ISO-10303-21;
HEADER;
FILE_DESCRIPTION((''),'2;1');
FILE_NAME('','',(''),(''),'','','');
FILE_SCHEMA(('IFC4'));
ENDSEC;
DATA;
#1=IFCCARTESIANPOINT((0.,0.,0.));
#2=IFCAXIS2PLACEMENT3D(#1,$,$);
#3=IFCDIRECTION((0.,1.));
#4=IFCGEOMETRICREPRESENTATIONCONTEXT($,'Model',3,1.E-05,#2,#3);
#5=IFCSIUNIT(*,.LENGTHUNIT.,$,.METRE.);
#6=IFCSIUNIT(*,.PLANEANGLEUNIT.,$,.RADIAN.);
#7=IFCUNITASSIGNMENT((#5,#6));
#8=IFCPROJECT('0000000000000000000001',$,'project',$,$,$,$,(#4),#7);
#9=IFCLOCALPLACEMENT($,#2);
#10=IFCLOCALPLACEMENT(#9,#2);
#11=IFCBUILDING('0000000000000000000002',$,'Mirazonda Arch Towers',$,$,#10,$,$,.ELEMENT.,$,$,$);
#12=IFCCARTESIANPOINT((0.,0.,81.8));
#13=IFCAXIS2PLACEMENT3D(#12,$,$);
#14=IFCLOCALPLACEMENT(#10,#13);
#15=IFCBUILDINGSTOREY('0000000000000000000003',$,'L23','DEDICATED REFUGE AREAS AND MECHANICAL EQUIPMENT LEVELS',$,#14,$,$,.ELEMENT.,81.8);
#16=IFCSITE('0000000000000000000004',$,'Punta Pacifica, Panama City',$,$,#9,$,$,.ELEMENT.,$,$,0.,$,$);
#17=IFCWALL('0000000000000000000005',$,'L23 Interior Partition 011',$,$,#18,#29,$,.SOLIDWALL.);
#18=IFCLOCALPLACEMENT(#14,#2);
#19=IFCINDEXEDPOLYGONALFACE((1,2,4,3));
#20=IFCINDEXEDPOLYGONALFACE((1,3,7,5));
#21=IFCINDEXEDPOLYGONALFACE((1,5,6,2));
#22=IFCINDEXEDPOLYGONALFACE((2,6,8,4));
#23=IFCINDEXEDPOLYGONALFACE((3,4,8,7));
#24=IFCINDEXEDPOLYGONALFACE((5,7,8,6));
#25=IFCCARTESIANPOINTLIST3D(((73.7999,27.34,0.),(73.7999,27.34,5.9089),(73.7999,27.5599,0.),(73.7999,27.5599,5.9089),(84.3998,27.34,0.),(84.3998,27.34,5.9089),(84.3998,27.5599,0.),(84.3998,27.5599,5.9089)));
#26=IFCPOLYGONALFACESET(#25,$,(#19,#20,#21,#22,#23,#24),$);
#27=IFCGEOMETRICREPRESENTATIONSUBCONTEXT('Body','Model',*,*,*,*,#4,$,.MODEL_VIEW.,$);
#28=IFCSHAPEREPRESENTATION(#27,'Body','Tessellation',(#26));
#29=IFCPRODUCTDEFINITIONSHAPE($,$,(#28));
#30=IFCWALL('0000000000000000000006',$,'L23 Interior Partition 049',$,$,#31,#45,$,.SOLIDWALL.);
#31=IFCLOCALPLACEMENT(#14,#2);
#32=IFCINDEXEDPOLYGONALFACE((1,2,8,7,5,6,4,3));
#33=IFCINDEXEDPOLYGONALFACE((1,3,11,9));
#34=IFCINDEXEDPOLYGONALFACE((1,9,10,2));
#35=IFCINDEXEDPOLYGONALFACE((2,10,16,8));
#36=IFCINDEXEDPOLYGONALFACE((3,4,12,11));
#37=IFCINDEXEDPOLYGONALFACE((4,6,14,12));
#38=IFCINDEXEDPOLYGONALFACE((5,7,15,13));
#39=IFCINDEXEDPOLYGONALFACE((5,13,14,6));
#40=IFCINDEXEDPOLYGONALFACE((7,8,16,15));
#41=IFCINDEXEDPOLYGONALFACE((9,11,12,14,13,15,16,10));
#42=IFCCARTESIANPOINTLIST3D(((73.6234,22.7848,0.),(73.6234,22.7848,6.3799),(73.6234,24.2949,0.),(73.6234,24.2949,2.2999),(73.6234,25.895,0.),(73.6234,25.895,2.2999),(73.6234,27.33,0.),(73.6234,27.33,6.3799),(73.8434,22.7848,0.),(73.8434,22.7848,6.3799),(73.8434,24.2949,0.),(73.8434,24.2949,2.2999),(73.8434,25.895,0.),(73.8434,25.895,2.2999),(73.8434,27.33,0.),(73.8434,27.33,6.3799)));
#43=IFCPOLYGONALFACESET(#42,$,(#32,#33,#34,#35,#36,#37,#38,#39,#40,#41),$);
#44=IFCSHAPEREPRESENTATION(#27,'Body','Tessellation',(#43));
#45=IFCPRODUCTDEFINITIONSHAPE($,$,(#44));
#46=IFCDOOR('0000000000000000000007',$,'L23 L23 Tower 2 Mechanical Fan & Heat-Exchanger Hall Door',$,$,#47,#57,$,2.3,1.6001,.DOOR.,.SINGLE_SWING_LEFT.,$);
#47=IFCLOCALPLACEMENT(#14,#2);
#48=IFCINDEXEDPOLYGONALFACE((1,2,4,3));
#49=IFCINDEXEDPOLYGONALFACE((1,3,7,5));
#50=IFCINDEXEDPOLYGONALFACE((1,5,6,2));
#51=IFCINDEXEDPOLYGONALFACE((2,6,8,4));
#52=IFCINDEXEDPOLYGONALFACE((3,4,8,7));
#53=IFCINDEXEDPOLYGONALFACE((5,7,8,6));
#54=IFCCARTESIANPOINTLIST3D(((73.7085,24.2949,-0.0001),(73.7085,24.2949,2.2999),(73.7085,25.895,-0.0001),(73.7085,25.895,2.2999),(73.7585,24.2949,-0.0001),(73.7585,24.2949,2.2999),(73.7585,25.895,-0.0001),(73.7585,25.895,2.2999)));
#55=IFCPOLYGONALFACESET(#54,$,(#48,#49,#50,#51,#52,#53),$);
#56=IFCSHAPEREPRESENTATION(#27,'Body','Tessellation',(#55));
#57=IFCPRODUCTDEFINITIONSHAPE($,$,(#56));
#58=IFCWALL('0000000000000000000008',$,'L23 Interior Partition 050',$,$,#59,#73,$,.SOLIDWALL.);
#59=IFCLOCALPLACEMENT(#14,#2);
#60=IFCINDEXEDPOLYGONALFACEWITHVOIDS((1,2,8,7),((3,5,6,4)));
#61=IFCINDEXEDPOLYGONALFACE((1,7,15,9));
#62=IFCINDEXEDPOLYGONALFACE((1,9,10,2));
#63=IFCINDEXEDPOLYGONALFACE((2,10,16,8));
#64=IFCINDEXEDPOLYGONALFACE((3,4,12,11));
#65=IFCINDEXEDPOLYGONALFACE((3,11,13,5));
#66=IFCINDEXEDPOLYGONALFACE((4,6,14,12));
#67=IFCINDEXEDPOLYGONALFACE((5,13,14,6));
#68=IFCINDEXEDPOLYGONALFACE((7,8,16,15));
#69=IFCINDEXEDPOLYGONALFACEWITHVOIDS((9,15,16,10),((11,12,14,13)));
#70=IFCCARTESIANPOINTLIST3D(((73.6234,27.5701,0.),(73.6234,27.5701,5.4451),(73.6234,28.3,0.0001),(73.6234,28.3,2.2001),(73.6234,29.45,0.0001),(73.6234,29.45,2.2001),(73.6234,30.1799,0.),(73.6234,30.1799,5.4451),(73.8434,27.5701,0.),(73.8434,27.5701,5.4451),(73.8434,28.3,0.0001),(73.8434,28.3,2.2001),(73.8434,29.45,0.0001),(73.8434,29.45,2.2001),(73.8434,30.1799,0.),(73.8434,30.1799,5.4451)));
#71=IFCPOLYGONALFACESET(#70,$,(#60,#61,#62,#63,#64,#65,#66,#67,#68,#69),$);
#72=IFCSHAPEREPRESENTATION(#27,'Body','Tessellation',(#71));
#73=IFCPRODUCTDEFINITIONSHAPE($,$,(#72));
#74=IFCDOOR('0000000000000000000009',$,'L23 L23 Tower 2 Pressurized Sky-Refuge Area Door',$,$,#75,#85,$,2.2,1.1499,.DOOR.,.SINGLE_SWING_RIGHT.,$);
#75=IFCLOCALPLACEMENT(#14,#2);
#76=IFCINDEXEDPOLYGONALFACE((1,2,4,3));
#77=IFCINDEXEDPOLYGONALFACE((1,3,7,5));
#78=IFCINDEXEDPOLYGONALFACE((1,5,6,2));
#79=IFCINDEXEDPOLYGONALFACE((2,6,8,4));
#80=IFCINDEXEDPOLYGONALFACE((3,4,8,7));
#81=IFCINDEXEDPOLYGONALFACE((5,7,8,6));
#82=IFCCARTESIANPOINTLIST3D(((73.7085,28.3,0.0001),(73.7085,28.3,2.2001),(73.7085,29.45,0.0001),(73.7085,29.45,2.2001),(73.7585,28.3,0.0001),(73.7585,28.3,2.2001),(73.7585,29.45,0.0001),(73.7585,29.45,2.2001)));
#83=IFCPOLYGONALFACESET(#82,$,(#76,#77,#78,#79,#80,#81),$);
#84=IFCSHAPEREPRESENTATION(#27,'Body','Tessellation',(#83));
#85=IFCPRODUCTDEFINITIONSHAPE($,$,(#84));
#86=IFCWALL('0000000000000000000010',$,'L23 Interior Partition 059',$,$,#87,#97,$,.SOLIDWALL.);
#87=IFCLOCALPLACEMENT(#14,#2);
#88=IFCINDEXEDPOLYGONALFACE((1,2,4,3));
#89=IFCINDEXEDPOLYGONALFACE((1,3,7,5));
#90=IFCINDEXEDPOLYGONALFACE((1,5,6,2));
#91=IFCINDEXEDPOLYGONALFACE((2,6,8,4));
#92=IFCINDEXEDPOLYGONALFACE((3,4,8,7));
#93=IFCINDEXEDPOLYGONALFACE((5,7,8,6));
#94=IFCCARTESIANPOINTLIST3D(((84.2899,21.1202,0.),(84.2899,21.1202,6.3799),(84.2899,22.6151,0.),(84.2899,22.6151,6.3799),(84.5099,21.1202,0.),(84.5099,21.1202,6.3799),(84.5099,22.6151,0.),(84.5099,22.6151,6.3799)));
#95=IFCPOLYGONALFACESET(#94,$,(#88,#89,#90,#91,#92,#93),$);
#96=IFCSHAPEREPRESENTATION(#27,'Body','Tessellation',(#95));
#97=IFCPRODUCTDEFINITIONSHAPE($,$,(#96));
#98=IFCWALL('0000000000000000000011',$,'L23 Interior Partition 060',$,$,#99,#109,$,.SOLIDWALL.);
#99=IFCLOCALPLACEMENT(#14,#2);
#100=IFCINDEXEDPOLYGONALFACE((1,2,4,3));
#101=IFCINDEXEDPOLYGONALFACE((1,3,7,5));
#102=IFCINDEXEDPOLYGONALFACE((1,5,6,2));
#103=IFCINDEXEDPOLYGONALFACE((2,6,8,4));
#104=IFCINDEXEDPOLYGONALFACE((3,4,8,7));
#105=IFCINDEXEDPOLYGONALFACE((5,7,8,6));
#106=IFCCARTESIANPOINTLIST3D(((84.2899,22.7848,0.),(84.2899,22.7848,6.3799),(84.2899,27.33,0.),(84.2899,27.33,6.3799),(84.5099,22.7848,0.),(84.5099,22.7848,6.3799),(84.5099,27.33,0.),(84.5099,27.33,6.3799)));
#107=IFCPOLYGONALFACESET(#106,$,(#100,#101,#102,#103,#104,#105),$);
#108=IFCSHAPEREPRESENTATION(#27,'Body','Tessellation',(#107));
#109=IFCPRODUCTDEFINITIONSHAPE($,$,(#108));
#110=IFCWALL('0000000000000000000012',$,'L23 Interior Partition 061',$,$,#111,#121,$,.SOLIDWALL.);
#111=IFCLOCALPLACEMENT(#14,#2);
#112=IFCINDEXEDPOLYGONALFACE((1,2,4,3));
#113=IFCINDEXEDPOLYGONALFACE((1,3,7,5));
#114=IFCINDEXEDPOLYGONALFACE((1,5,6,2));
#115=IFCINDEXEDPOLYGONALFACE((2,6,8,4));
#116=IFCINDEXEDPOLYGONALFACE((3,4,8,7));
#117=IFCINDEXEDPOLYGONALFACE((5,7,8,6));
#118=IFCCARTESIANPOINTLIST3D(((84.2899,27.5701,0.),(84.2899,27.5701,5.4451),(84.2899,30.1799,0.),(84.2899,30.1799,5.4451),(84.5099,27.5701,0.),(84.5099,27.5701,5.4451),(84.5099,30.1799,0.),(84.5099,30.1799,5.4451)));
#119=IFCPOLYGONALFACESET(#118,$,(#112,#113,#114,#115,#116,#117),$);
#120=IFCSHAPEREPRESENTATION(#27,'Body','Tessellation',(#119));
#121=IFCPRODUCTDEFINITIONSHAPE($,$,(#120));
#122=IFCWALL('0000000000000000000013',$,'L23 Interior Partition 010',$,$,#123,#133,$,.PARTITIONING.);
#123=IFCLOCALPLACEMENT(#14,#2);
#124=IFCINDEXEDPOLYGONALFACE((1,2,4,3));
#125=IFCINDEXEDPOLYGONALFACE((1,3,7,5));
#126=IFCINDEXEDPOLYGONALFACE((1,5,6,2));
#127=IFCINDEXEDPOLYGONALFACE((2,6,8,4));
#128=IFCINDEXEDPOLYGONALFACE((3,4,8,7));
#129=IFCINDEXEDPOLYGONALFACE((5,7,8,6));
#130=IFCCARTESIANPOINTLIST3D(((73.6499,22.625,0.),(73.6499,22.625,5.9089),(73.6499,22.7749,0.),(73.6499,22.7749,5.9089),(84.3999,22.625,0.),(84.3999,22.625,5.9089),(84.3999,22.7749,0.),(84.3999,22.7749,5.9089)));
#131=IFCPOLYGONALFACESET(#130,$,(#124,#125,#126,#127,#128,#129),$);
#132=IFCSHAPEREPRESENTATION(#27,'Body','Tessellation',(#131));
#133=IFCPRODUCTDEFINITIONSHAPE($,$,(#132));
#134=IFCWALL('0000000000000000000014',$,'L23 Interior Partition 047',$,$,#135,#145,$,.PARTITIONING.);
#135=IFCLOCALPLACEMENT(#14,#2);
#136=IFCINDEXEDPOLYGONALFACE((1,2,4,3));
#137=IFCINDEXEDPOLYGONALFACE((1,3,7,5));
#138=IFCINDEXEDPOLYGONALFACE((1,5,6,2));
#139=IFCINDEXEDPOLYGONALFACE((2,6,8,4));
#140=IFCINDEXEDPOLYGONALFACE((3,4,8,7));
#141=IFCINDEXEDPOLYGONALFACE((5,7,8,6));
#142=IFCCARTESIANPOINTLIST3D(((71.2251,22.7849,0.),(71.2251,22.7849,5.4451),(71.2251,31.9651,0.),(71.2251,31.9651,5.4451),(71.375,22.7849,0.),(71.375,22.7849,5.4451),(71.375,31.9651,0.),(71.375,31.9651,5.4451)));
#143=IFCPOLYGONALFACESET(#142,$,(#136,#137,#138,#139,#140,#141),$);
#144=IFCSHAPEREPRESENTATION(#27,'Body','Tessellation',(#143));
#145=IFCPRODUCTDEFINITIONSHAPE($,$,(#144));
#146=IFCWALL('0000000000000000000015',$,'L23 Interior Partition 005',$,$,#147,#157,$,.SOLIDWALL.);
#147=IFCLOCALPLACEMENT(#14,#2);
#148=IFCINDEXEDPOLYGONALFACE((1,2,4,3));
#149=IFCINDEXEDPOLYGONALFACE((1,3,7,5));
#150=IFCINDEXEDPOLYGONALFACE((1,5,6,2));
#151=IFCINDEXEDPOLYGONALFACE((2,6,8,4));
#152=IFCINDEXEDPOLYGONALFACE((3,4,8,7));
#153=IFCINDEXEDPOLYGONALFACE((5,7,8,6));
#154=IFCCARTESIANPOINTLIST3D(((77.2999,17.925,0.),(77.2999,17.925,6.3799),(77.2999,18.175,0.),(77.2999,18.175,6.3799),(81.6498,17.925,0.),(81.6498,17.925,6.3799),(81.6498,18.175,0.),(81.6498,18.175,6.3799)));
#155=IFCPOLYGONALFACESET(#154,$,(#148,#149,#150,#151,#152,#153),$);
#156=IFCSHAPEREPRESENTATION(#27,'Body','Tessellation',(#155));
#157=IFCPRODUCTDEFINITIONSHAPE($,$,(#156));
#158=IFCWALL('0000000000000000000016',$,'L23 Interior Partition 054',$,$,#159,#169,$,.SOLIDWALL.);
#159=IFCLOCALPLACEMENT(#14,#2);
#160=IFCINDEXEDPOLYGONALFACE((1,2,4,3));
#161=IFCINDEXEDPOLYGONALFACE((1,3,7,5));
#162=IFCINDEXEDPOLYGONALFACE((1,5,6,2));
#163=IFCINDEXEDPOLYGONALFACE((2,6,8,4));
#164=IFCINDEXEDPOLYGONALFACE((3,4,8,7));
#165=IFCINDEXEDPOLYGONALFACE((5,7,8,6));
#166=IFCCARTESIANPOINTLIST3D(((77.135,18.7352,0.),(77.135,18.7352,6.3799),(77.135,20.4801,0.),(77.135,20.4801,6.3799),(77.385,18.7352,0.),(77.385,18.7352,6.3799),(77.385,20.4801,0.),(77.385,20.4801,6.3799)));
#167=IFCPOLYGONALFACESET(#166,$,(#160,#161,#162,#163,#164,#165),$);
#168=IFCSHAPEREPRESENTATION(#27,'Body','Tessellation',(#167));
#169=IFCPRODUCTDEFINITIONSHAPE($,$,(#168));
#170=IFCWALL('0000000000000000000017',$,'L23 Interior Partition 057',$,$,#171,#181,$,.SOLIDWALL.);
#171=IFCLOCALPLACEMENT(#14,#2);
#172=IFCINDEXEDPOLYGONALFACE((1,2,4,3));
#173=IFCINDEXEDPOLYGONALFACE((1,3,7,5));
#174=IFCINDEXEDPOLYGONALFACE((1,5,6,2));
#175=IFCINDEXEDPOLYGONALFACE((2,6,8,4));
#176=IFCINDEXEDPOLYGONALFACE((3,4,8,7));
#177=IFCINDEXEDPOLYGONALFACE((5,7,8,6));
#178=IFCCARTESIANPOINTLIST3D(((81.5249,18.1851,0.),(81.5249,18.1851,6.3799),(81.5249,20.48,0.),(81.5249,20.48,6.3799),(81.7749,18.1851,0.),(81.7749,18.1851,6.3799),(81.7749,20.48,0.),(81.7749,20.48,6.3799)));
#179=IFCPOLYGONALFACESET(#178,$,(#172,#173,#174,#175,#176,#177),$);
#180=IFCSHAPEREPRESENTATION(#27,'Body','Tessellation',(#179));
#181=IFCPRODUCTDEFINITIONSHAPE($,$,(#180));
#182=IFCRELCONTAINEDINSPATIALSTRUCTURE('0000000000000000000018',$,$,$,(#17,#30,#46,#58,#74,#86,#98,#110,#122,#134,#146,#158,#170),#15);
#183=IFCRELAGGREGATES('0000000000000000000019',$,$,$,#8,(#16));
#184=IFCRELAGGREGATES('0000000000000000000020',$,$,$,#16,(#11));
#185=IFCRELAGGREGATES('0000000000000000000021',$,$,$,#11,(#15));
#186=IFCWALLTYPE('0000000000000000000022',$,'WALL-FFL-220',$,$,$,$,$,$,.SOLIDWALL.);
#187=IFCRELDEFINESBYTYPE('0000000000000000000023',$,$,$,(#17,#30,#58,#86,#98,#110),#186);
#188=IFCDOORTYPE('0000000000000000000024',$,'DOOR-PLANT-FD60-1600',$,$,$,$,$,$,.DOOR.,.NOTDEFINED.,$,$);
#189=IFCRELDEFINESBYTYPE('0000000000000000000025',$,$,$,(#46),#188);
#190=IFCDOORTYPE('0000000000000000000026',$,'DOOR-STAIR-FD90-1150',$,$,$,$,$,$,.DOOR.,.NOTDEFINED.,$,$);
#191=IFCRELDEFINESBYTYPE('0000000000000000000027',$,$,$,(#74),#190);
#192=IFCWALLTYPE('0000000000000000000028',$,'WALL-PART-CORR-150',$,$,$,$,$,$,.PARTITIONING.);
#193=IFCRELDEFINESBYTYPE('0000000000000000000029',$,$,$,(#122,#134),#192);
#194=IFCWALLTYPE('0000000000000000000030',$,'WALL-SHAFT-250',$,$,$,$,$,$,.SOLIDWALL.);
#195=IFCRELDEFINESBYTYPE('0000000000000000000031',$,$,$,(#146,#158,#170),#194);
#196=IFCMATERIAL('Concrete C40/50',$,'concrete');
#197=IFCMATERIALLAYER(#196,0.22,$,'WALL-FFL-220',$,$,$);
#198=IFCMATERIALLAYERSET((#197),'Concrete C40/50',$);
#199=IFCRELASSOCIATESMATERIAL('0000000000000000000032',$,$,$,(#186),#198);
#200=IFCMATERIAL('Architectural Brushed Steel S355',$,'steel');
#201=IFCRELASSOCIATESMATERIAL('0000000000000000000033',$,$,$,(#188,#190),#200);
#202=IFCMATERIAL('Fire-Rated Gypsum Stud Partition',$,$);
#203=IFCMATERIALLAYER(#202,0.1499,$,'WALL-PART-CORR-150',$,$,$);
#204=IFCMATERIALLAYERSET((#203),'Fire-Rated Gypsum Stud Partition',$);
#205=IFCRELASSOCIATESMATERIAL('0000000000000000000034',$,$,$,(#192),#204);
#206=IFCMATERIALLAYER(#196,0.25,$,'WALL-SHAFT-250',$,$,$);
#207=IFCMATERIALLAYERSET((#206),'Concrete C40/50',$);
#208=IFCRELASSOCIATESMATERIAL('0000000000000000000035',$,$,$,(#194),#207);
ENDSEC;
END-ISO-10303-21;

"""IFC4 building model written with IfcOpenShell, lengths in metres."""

from ifc_helpers import new_model, si_unit, direction, frame, frame_2d, origin, place, context, subcontext, project, spatial, rectangle, extrude, material, layer, layer_set, type_object, element, fill, save


model = new_model("IFC4")

# Units and contexts
model_context = context("Model", 3, precision=1e-05, world=origin(), true_north=direction((0.0, 1.0)))
body_context = subcontext(model_context, "Body", "Model", "MODEL_VIEW")
ifc_project = project(units=[si_unit("LENGTHUNIT", "METRE"), si_unit("PLANEANGLEUNIT", "RADIAN")], contexts=[model_context])

# Site, building, storey
site_placement = place(None, origin())
site = spatial("IfcSite", under=ifc_project, at=site_placement, Name="Punta Pacifica, Panama City", CompositionType="ELEMENT", RefElevation=0.0)
building_placement = place(site_placement, origin())
building = spatial("IfcBuilding", under=site, at=building_placement, Name="Mirazonda Arch Towers", CompositionType="ELEMENT")
storey_placement = place(building_placement, frame((0.0, 0.0, 81.8)))
storey = spatial("IfcBuildingStorey", under=building, at=storey_placement, Name="L23", Description="DEDICATED REFUGE AREAS AND MECHANICAL EQUIPMENT LEVELS", CompositionType="ELEMENT", Elevation=81.8)

# Wall
ifc_material_1 = material(Name="Concrete C40/50", Category="concrete")
ifc_layer_1 = layer(ifc_material_1, 0.22, Name="WALL-FFL-220")
ifc_layer_set_1 = layer_set([ifc_layer_1], Name="Concrete C40/50")
wall_type_1 = type_object("IfcWallType", Name="WALL-FFL-220", PredefinedType="SOLIDWALL", material=ifc_layer_set_1)
wall_1_placement = place(storey_placement, frame((73.8, 27.45, 0.0), z_axis=(0.0, 0.0, 1.0), x_axis=(1.0, 0.0, 0.0)))
element("IfcWall", 1, at=wall_1_placement, inside=storey, type_object=wall_type_1, Name="L23 Interior Partition 011", PredefinedType="SOLIDWALL", context=body_context, shape_type="SweptSolid", body=[
    extrude(rectangle(XDim=10.5999, YDim=0.22, at=frame_2d((5.2998, 0.0))), origin(), (0.0, 0.0, 1.0), 5.9089),
])

# Walls, openings, doors
wall_2_placement = place(storey_placement, frame((73.7334, 22.7849, 0.0), z_axis=(0.0, 0.0, 1.0), x_axis=(0.0, 1.0, 0.0)))
wall_2 = element("IfcWall", 2, at=wall_2_placement, inside=storey, type_object=wall_type_1, Name="L23 Interior Partition 049", PredefinedType="SOLIDWALL", context=body_context, shape_type="SweptSolid", body=[
    extrude(rectangle(XDim=4.5452, YDim=0.22, at=frame_2d((2.2725, 0.0))), origin(), (0.0, 0.0, 1.0), 6.3799),
])
opening_1_placement = place(wall_2_placement, frame((1.51, 0.0, 0.0)))
opening_1 = element("IfcOpeningElement", 3, at=opening_1_placement, cuts=wall_2, PredefinedType="OPENING", context=body_context, shape_type="SweptSolid", body=[
    extrude(rectangle(XDim=1.6001, YDim=2.3, at=frame_2d((0.8, 1.1499))), frame((0.0, 0.1199, 0.0), z_axis=(0.0, -1.0, 0.0), x_axis=(1.0, 0.0, 0.0)), (0.0, 0.0, 1.0), 0.24),
])
ifc_material_2 = material(Name="Architectural Brushed Steel S355", Category="steel")
door_type_1 = type_object("IfcDoorType", Name="DOOR-PLANT-FD60-1600", OperationType="NOTDEFINED", PredefinedType="DOOR", material=ifc_material_2)
door_1_placement = place(opening_1_placement, origin())
door_1 = element("IfcDoor", 4, at=door_1_placement, inside=storey, type_object=door_type_1, Name="L23 L23 Tower 2 Mechanical Fan & Heat-Exchanger Hall Door", OperationType="SINGLE_SWING_LEFT", OverallHeight=2.3, OverallWidth=1.6001, PredefinedType="DOOR", context=body_context, shape_type="SweptSolid", body=[
    extrude(rectangle(XDim=1.6001, YDim=2.3, at=frame_2d((0.8, 1.1499))), frame((0.0, 0.0249, 0.0), z_axis=(0.0, -1.0, 0.0), x_axis=(1.0, 0.0, 0.0)), (0.0, 0.0, 1.0), 0.05),
])
fill(opening_1, door_1)
wall_3_placement = place(storey_placement, frame((73.7334, 27.5701, 0.0), z_axis=(0.0, 0.0, 1.0), x_axis=(0.0, 1.0, 0.0)))
wall_3 = element("IfcWall", 5, at=wall_3_placement, inside=storey, type_object=wall_type_1, Name="L23 Interior Partition 050", PredefinedType="SOLIDWALL", context=body_context, shape_type="SweptSolid", body=[
    extrude(rectangle(XDim=2.6099, YDim=0.22, at=frame_2d((1.3049, 0.0))), origin(), (0.0, 0.0, 1.0), 5.4451),
])
opening_2_placement = place(wall_3_placement, frame((0.73, 0.0, 0.0)))
opening_2 = element("IfcOpeningElement", 6, at=opening_2_placement, cuts=wall_3, PredefinedType="OPENING", context=body_context, shape_type="SweptSolid", body=[
    extrude(rectangle(XDim=1.1499, YDim=2.2, at=frame_2d((0.575, 1.1001))), frame((0.0, 0.1199, 0.0), z_axis=(0.0, -1.0, 0.0), x_axis=(1.0, 0.0, 0.0)), (0.0, 0.0, 1.0), 0.24),
])
door_type_2 = type_object("IfcDoorType", Name="DOOR-STAIR-FD90-1150", OperationType="NOTDEFINED", PredefinedType="DOOR", material=ifc_material_2)
door_2_placement = place(opening_2_placement, origin())
door_2 = element("IfcDoor", 7, at=door_2_placement, inside=storey, type_object=door_type_2, Name="L23 L23 Tower 2 Pressurized Sky-Refuge Area Door", OperationType="SINGLE_SWING_RIGHT", OverallHeight=2.2, OverallWidth=1.1499, PredefinedType="DOOR", context=body_context, shape_type="SweptSolid", body=[
    extrude(rectangle(XDim=1.1499, YDim=2.2, at=frame_2d((0.575, 1.1001))), frame((0.0, 0.0249, 0.0), z_axis=(0.0, -1.0, 0.0), x_axis=(1.0, 0.0, 0.0)), (0.0, 0.0, 1.0), 0.05),
])
fill(opening_2, door_2)

# Walls
wall_4_placement = place(storey_placement, frame((84.3999, 21.1201, 0.0), z_axis=(0.0, 0.0, 1.0), x_axis=(0.0, 1.0, 0.0)))
element("IfcWall", 8, at=wall_4_placement, inside=storey, type_object=wall_type_1, Name="L23 Interior Partition 059", PredefinedType="SOLIDWALL", context=body_context, shape_type="SweptSolid", body=[
    extrude(rectangle(XDim=1.4949, YDim=0.22, at=frame_2d((0.7476, 0.0))), origin(), (0.0, 0.0, 1.0), 6.3799),
])
wall_5_placement = place(storey_placement, frame((84.3999, 22.7849, 0.0), z_axis=(0.0, 0.0, 1.0), x_axis=(0.0, 1.0, 0.0)))
element("IfcWall", 9, at=wall_5_placement, inside=storey, type_object=wall_type_1, Name="L23 Interior Partition 060", PredefinedType="SOLIDWALL", context=body_context, shape_type="SweptSolid", body=[
    extrude(rectangle(XDim=4.5452, YDim=0.22, at=frame_2d((2.2725, 0.0))), origin(), (0.0, 0.0, 1.0), 6.3799),
])
wall_6_placement = place(storey_placement, frame((84.3999, 27.5701, 0.0), z_axis=(0.0, 0.0, 1.0), x_axis=(0.0, 1.0, 0.0)))
element("IfcWall", 10, at=wall_6_placement, inside=storey, type_object=wall_type_1, Name="L23 Interior Partition 061", PredefinedType="SOLIDWALL", context=body_context, shape_type="SweptSolid", body=[
    extrude(rectangle(XDim=2.6099, YDim=0.22, at=frame_2d((1.3049, 0.0))), origin(), (0.0, 0.0, 1.0), 5.4451),
])
ifc_material_3 = material(Name="Fire-Rated Gypsum Stud Partition")
ifc_layer_2 = layer(ifc_material_3, 0.1499, Name="WALL-PART-CORR-150")
ifc_layer_set_2 = layer_set([ifc_layer_2], Name="Fire-Rated Gypsum Stud Partition")
wall_type_2 = type_object("IfcWallType", Name="WALL-PART-CORR-150", PredefinedType="PARTITIONING", material=ifc_layer_set_2)
wall_7_placement = place(storey_placement, frame((73.6499, 22.7, 0.0), z_axis=(0.0, 0.0, 1.0), x_axis=(1.0, 0.0, 0.0)))
element("IfcWall", 11, at=wall_7_placement, inside=storey, type_object=wall_type_2, Name="L23 Interior Partition 010", PredefinedType="PARTITIONING", context=body_context, shape_type="SweptSolid", body=[
    extrude(rectangle(XDim=10.75, YDim=0.1499, at=frame_2d((5.375, 0.0))), origin(), (0.0, 0.0, 1.0), 5.9089),
])
wall_8_placement = place(storey_placement, frame((71.3, 22.7849, 0.0), z_axis=(0.0, 0.0, 1.0), x_axis=(0.0, 1.0, 0.0)))
element("IfcWall", 12, at=wall_8_placement, inside=storey, type_object=wall_type_2, Name="L23 Interior Partition 047", PredefinedType="PARTITIONING", context=body_context, shape_type="SweptSolid", body=[
    extrude(rectangle(XDim=9.1802, YDim=0.1499, at=frame_2d((4.5901, 0.0))), origin(), (0.0, 0.0, 1.0), 5.4451),
])
ifc_layer_3 = layer(ifc_material_1, 0.25, Name="WALL-SHAFT-250")
ifc_layer_set_3 = layer_set([ifc_layer_3], Name="Concrete C40/50")
wall_type_3 = type_object("IfcWallType", Name="WALL-SHAFT-250", PredefinedType="SOLIDWALL", material=ifc_layer_set_3)
wall_9_placement = place(storey_placement, frame((77.3, 18.05, 0.0), z_axis=(0.0, 0.0, 1.0), x_axis=(1.0, 0.0, 0.0)))
element("IfcWall", 13, at=wall_9_placement, inside=storey, type_object=wall_type_3, Name="L23 Interior Partition 005", PredefinedType="SOLIDWALL", context=body_context, shape_type="SweptSolid", body=[
    extrude(rectangle(XDim=4.3499, YDim=0.25, at=frame_2d((2.1748, 0.0))), origin(), (0.0, 0.0, 1.0), 6.3799),
])
wall_10_placement = place(storey_placement, frame((77.26, 18.7351, 0.0), z_axis=(0.0, 0.0, 1.0), x_axis=(0.0, 1.0, 0.0)))
element("IfcWall", 14, at=wall_10_placement, inside=storey, type_object=wall_type_3, Name="L23 Interior Partition 054", PredefinedType="SOLIDWALL", context=body_context, shape_type="SweptSolid", body=[
    extrude(rectangle(XDim=1.7449, YDim=0.25, at=frame_2d((0.8726, 0.0))), origin(), (0.0, 0.0, 1.0), 6.3799),
])
wall_11_placement = place(storey_placement, frame((81.6499, 18.1851, 0.0), z_axis=(0.0, 0.0, 1.0), x_axis=(0.0, 1.0, 0.0)))
element("IfcWall", 15, at=wall_11_placement, inside=storey, type_object=wall_type_3, Name="L23 Interior Partition 057", PredefinedType="SOLIDWALL", context=body_context, shape_type="SweptSolid", body=[
    extrude(rectangle(XDim=2.2949, YDim=0.25, at=frame_2d((1.1475, 0.0))), origin(), (0.0, 0.0, 1.0), 6.3799),
])

save(model, "model.ifc")
